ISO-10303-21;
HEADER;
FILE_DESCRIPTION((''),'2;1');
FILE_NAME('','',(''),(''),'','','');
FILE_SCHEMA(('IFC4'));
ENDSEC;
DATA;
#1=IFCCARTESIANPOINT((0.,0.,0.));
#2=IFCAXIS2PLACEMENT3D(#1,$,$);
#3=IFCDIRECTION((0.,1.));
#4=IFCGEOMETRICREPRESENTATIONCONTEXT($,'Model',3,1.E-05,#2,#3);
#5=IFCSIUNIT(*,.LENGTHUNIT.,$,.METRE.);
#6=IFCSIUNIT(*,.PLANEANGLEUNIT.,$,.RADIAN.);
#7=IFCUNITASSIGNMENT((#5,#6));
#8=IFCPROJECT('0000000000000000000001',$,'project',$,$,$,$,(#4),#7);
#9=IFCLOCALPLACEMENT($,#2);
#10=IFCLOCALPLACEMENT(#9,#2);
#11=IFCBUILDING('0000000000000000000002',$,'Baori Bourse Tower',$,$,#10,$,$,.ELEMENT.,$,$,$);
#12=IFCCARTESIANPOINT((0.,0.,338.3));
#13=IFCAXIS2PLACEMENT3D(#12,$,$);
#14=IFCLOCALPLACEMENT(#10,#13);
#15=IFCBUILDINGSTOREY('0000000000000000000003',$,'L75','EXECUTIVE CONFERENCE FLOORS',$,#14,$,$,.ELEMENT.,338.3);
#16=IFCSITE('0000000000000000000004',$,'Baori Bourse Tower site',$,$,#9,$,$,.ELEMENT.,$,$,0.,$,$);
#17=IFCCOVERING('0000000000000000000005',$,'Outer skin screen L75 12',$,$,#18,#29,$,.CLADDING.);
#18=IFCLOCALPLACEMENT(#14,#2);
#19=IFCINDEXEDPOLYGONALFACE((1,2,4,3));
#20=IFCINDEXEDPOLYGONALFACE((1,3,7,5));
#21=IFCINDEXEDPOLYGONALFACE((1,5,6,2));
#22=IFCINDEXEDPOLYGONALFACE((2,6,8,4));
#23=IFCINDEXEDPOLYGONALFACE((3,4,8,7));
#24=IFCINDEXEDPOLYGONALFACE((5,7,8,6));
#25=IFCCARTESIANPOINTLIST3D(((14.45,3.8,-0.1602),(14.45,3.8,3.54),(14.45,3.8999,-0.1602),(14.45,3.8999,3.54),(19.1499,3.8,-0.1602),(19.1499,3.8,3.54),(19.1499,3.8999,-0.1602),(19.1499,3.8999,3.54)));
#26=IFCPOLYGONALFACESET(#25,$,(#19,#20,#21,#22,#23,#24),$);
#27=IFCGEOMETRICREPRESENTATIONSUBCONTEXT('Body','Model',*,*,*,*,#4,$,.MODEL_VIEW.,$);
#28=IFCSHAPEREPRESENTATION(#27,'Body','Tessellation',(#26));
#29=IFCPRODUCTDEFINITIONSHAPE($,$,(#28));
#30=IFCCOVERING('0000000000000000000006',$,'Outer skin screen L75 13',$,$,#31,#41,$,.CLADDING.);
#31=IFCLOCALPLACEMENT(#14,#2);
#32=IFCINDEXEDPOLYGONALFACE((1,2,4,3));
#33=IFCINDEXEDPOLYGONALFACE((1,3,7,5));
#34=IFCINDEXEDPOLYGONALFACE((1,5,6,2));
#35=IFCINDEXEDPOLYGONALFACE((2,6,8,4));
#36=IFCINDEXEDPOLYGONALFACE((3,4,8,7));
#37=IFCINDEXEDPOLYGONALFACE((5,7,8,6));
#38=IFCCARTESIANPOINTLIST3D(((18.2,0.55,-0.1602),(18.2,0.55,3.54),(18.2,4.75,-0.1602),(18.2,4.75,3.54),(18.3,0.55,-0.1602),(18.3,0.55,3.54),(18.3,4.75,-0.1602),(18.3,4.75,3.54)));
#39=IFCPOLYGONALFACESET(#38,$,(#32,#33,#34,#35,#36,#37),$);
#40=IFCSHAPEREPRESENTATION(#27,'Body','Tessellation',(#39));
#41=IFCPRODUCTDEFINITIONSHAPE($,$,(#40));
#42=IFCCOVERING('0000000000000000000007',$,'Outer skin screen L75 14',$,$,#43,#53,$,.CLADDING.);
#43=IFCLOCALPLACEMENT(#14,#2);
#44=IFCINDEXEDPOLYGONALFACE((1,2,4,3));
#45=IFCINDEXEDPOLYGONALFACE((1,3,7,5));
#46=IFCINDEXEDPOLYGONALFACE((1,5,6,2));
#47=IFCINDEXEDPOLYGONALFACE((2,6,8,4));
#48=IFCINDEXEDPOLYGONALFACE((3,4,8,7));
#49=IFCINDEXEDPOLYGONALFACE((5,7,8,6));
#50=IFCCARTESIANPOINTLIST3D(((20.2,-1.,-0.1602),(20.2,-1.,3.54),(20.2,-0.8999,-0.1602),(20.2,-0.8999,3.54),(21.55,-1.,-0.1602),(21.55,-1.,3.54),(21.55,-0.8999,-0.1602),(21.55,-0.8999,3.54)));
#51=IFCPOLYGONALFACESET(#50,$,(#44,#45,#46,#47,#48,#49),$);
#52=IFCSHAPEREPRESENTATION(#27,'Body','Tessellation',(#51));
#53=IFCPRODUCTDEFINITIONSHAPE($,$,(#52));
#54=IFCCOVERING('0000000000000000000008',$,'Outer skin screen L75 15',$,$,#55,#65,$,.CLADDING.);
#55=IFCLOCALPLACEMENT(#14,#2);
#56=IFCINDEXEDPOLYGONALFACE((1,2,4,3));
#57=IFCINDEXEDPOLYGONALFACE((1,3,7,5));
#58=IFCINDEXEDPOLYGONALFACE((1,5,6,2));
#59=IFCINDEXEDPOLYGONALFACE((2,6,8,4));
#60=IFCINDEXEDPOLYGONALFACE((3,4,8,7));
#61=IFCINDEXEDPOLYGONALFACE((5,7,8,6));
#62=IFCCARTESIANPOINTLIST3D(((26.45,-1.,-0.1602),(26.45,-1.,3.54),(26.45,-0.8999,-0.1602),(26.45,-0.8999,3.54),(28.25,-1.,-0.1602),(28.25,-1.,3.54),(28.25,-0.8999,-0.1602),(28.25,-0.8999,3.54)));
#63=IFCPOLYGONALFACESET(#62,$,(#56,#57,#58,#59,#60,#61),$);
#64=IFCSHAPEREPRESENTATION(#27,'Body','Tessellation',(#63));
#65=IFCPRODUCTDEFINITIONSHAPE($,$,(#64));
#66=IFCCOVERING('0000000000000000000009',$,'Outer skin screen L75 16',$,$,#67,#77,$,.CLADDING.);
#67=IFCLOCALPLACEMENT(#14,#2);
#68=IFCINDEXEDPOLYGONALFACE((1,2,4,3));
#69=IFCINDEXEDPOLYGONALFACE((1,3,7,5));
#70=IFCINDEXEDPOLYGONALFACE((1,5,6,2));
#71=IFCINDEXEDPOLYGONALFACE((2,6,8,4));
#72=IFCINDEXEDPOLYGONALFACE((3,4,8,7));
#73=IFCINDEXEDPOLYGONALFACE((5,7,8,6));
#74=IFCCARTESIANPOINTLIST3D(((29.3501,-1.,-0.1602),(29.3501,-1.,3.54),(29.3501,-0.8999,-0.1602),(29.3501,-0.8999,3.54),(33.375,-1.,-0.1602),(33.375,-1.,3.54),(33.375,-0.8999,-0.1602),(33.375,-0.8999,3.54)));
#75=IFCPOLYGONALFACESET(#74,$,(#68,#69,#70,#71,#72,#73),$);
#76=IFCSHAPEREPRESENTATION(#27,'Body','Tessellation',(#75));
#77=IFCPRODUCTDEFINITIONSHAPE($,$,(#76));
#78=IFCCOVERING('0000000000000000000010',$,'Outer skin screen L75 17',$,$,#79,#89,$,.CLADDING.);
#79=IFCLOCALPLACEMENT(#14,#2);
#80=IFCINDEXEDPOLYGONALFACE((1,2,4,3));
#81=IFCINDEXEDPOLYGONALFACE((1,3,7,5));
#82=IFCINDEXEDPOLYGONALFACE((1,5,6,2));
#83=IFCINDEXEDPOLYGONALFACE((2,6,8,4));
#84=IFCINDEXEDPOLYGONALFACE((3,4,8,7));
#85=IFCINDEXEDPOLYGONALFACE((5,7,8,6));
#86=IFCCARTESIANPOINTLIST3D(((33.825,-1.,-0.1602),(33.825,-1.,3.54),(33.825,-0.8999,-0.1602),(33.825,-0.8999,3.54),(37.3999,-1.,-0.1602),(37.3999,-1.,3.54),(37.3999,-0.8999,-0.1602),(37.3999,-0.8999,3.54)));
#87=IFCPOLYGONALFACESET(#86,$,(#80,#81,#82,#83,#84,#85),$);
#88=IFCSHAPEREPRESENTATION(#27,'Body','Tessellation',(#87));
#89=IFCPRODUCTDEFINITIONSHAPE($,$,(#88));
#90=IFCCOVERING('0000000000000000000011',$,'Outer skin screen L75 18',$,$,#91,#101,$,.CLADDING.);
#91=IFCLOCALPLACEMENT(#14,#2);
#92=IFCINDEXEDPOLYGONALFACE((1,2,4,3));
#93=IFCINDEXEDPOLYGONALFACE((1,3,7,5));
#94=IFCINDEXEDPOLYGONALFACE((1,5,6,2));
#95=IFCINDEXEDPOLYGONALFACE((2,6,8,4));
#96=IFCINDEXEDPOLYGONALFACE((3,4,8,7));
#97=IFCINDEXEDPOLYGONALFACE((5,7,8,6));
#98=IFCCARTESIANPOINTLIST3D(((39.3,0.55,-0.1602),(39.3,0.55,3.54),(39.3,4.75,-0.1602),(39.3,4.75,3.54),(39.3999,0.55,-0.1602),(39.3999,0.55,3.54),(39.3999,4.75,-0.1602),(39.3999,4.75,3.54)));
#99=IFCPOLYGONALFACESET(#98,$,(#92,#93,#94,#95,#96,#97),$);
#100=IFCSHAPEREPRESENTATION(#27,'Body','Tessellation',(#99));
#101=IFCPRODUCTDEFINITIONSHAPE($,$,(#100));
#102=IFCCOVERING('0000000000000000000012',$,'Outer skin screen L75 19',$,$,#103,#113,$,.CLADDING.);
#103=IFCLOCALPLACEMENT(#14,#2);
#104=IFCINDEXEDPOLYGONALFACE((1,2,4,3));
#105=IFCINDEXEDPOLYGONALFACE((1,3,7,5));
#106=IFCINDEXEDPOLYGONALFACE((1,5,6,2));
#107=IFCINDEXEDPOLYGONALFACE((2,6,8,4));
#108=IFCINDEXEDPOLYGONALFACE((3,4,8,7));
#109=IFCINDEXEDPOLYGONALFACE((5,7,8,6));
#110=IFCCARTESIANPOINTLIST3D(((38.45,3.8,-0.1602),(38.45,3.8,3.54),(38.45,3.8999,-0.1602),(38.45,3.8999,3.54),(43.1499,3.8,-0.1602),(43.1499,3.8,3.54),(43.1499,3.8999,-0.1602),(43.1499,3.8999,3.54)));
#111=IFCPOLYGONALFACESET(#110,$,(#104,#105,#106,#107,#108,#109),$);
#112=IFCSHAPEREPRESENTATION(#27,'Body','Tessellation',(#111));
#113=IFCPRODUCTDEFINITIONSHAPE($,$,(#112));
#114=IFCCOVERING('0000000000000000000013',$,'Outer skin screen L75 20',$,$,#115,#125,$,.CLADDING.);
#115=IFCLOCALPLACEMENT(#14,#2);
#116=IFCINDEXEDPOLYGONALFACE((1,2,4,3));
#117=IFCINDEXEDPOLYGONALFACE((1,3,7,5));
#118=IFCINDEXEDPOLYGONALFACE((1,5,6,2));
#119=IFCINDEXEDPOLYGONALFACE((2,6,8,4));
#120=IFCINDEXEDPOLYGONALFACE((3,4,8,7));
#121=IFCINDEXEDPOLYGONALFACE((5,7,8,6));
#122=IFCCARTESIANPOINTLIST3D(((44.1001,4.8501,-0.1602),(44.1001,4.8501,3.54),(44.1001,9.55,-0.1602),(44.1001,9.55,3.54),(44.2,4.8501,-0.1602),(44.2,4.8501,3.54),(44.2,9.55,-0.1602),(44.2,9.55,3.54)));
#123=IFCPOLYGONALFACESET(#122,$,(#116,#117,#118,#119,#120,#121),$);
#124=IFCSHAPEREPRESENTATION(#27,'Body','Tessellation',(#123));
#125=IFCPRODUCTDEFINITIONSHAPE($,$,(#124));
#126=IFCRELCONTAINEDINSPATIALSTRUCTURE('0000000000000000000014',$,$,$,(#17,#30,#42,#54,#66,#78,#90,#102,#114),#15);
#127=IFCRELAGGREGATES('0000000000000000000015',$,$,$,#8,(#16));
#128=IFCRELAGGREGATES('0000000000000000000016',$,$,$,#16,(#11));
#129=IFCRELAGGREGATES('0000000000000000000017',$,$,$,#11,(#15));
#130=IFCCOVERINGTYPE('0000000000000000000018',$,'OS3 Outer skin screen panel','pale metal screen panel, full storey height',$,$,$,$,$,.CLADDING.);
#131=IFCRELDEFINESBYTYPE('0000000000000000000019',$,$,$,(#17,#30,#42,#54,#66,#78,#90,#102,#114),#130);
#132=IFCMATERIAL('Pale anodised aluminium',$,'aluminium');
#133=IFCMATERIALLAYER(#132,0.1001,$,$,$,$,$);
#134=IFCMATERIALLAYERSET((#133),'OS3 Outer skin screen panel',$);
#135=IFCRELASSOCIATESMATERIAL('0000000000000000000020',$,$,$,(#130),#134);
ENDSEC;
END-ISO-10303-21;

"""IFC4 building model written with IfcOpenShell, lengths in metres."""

from ifc_helpers import new_model, si_unit, direction, frame, origin, place, context, subcontext, project, spatial, polyline, outline, extrude, material, layer, layer_set, type_object, element, save


model = new_model("IFC4")

# Units and contexts
model_context = context("Model", 3, precision=1e-05, world=origin(), true_north=direction((0.0, 1.0)))
body_context = subcontext(model_context, "Body", "Model", "MODEL_VIEW")
ifc_project = project(units=[si_unit("LENGTHUNIT", "METRE"), si_unit("PLANEANGLEUNIT", "RADIAN")], contexts=[model_context])

# Site, building, storey
site_placement = place(None, origin())
site = spatial("IfcSite", under=ifc_project, at=site_placement, Name="Baori Bourse Tower site", CompositionType="ELEMENT", RefElevation=0.0)
building_placement = place(site_placement, origin())
building = spatial("IfcBuilding", under=site, at=building_placement, Name="Baori Bourse Tower", CompositionType="ELEMENT")
storey_placement = place(building_placement, frame((0.0, 0.0, 338.3)))
storey = spatial("IfcBuildingStorey", under=building, at=storey_placement, Name="L75", Description="EXECUTIVE CONFERENCE FLOORS", CompositionType="ELEMENT", Elevation=338.3)

# Coverings
ifc_material_1 = material(Name="Pale anodised aluminium", Category="aluminium")
ifc_layer_1 = layer(ifc_material_1, 0.1001)
ifc_layer_set_1 = layer_set([ifc_layer_1], Name="OS3 Outer skin screen panel")
covering_type_1 = type_object("IfcCoveringType", Name="OS3 Outer skin screen panel", Description="pale metal screen panel, full storey height", PredefinedType="CLADDING", material=ifc_layer_set_1)
covering_1_placement = place(storey_placement, frame((0.0, 0.0, -0.1602)))
element("IfcCovering", 1, at=covering_1_placement, inside=storey, type_object=covering_type_1, Name="Outer skin screen L75 12", PredefinedType="CLADDING", context=body_context, shape_type="SweptSolid", body=[
    extrude(outline(polyline([(19.1499, 3.8999), (14.45, 3.8999), (14.45, 3.8), (19.1499, 3.8), (19.1499, 3.8999)])), origin(), (0.0, 0.0, 1.0), 3.7002),
])
covering_2_placement = place(storey_placement, frame((0.0, 0.0, -0.1602)))
element("IfcCovering", 2, at=covering_2_placement, inside=storey, type_object=covering_type_1, Name="Outer skin screen L75 13", PredefinedType="CLADDING", context=body_context, shape_type="SweptSolid", body=[
    extrude(outline(polyline([(18.3, 0.55), (18.3, 4.75), (18.2, 4.75), (18.2, 0.55), (18.3, 0.55)])), origin(), (0.0, 0.0, 1.0), 3.7002),
])
covering_3_placement = place(storey_placement, frame((0.0, 0.0, -0.1602)))
element("IfcCovering", 3, at=covering_3_placement, inside=storey, type_object=covering_type_1, Name="Outer skin screen L75 14", PredefinedType="CLADDING", context=body_context, shape_type="SweptSolid", body=[
    extrude(outline(polyline([(21.55, -0.8999), (20.2, -0.8999), (20.2, -1.0), (21.55, -1.0), (21.55, -0.8999)])), origin(), (0.0, 0.0, 1.0), 3.7002),
])
covering_4_placement = place(storey_placement, frame((0.0, 0.0, -0.1602)))
element("IfcCovering", 4, at=covering_4_placement, inside=storey, type_object=covering_type_1, Name="Outer skin screen L75 15", PredefinedType="CLADDING", context=body_context, shape_type="SweptSolid", body=[
    extrude(outline(polyline([(28.25, -0.8999), (26.45, -0.8999), (26.45, -1.0), (28.25, -1.0), (28.25, -0.8999)])), origin(), (0.0, 0.0, 1.0), 3.7002),
])
covering_5_placement = place(storey_placement, frame((0.0, 0.0, -0.1602)))
element("IfcCovering", 5, at=covering_5_placement, inside=storey, type_object=covering_type_1, Name="Outer skin screen L75 16", PredefinedType="CLADDING", context=body_context, shape_type="SweptSolid", body=[
    extrude(outline(polyline([(33.375, -0.8999), (29.3501, -0.8999), (29.3501, -1.0), (33.375, -1.0), (33.375, -0.8999)])), origin(), (0.0, 0.0, 1.0), 3.7002),
])
covering_6_placement = place(storey_placement, frame((0.0, 0.0, -0.1602)))
element("IfcCovering", 6, at=covering_6_placement, inside=storey, type_object=covering_type_1, Name="Outer skin screen L75 17", PredefinedType="CLADDING", context=body_context, shape_type="SweptSolid", body=[
    extrude(outline(polyline([(37.3999, -0.8999), (33.825, -0.8999), (33.825, -1.0), (37.3999, -1.0), (37.3999, -0.8999)])), origin(), (0.0, 0.0, 1.0), 3.7002),
])
covering_7_placement = place(storey_placement, frame((0.0, 0.0, -0.1602)))
element("IfcCovering", 7, at=covering_7_placement, inside=storey, type_object=covering_type_1, Name="Outer skin screen L75 18", PredefinedType="CLADDING", context=body_context, shape_type="SweptSolid", body=[
    extrude(outline(polyline([(39.3, 4.75), (39.3, 0.55), (39.3999, 0.55), (39.3999, 4.75), (39.3, 4.75)])), origin(), (0.0, 0.0, 1.0), 3.7002),
])
covering_8_placement = place(storey_placement, frame((0.0, 0.0, -0.1602)))
element("IfcCovering", 8, at=covering_8_placement, inside=storey, type_object=covering_type_1, Name="Outer skin screen L75 19", PredefinedType="CLADDING", context=body_context, shape_type="SweptSolid", body=[
    extrude(outline(polyline([(43.1499, 3.8999), (38.45, 3.8999), (38.45, 3.8), (43.1499, 3.8), (43.1499, 3.8999)])), origin(), (0.0, 0.0, 1.0), 3.7002),
])
covering_9_placement = place(storey_placement, frame((0.0, 0.0, -0.1602)))
element("IfcCovering", 9, at=covering_9_placement, inside=storey, type_object=covering_type_1, Name="Outer skin screen L75 20", PredefinedType="CLADDING", context=body_context, shape_type="SweptSolid", body=[
    extrude(outline(polyline([(44.1001, 9.55), (44.1001, 4.8501), (44.2, 4.8501), (44.2, 9.55), (44.1001, 9.55)])), origin(), (0.0, 0.0, 1.0), 3.7002),
])

save(model, "model.ifc")
